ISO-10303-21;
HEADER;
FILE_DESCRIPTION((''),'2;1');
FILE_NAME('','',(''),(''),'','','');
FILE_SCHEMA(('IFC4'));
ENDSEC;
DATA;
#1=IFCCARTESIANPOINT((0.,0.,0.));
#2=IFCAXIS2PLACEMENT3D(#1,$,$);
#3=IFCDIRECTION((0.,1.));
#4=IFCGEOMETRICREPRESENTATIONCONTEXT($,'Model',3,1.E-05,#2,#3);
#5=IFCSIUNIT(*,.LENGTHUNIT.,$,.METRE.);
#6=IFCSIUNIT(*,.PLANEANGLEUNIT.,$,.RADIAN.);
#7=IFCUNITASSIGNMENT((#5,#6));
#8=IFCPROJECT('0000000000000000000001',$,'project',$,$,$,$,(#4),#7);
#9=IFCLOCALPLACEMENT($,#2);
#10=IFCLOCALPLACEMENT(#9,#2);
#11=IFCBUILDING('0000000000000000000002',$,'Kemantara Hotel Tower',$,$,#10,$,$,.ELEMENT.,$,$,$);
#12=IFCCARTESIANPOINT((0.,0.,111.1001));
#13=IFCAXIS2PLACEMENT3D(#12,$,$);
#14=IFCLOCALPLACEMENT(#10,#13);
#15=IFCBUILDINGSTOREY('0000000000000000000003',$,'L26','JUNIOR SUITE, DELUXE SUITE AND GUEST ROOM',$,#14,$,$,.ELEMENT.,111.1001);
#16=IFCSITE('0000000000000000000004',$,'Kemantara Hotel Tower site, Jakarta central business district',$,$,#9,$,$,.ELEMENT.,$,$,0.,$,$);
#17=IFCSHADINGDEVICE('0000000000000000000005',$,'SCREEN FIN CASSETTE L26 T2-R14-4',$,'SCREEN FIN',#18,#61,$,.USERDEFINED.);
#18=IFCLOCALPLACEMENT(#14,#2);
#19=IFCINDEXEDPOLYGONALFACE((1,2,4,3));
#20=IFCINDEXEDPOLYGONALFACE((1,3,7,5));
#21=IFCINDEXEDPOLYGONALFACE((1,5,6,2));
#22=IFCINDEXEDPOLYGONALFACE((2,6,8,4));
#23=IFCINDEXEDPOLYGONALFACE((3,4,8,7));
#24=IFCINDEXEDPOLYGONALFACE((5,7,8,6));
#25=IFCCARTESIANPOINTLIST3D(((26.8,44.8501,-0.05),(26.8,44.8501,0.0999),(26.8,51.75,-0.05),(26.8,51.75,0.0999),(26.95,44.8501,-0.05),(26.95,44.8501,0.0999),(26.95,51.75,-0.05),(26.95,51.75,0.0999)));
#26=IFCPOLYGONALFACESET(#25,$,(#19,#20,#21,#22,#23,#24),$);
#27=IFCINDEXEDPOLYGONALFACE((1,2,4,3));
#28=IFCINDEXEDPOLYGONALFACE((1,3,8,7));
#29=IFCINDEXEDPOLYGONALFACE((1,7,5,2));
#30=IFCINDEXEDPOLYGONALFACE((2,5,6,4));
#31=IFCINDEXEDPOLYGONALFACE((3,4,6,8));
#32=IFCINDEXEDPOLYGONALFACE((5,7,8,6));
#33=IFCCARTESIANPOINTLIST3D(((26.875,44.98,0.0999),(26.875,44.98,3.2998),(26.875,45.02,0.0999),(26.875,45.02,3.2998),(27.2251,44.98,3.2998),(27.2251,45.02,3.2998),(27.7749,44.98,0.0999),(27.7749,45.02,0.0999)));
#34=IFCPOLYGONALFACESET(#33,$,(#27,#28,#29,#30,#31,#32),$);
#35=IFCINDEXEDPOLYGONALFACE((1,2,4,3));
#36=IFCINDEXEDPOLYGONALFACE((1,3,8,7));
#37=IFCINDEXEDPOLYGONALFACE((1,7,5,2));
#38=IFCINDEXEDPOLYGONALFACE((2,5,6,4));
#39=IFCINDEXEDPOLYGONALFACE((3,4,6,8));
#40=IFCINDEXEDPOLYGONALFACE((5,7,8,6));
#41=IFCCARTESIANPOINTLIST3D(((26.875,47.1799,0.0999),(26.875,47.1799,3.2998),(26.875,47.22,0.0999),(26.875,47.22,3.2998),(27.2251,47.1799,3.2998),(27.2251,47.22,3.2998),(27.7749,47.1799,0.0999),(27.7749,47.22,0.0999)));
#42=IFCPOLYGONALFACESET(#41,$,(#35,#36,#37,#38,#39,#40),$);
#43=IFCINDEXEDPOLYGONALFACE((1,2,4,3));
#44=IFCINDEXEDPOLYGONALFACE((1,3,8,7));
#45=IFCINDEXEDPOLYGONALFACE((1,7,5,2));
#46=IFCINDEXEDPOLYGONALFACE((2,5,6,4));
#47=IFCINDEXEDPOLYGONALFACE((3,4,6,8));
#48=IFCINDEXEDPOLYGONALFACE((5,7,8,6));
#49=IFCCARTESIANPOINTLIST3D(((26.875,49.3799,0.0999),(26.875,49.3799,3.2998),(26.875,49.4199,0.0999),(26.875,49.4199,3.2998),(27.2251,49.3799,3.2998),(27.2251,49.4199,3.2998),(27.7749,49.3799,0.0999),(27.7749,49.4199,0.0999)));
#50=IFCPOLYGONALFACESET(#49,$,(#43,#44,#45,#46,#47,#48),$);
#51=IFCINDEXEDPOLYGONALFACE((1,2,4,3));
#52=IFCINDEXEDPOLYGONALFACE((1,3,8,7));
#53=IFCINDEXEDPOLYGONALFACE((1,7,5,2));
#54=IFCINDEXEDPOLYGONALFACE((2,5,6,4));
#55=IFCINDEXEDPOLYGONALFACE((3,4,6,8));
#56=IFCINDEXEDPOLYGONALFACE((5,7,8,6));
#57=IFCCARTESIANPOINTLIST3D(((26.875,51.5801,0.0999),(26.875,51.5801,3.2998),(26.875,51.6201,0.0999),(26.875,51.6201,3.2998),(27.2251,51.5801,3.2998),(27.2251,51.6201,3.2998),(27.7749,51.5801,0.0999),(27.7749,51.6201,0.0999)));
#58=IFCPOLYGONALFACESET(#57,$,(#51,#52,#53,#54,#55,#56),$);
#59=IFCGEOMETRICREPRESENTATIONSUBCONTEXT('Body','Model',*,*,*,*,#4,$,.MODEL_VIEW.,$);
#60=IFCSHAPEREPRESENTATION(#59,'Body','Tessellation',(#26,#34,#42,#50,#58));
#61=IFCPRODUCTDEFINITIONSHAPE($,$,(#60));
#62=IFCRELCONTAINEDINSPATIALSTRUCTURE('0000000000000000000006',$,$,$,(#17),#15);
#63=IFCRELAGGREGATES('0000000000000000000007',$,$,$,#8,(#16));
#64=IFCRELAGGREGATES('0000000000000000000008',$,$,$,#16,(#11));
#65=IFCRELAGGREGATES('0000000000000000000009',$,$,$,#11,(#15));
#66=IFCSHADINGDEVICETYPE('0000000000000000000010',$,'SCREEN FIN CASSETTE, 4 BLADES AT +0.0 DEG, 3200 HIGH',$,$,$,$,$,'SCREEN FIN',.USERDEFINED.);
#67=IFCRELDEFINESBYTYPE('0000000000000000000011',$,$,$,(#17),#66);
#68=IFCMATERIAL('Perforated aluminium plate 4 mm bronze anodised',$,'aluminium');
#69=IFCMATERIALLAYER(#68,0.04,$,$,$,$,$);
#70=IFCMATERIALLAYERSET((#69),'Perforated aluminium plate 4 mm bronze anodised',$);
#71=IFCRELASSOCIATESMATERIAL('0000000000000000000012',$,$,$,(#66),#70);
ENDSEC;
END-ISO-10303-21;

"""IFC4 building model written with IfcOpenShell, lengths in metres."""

from ifc_helpers import new_model, si_unit, direction, frame, origin, origin_2d, place, context, subcontext, project, spatial, polyline, rectangle, outline, extrude, source, transform, mapped, material, layer, layer_set, type_object, element, save


model = new_model("IFC4")

# Units and contexts
model_context = context("Model", 3, precision=1e-05, world=origin(), true_north=direction((0.0, 1.0)))
body_context = subcontext(model_context, "Body", "Model", "MODEL_VIEW")
ifc_project = project(units=[si_unit("LENGTHUNIT", "METRE"), si_unit("PLANEANGLEUNIT", "RADIAN")], contexts=[model_context])

# Site, building, storey
site_placement = place(None, origin())
site = spatial("IfcSite", under=ifc_project, at=site_placement, Name="Kemantara Hotel Tower site, Jakarta central business district", CompositionType="ELEMENT", RefElevation=0.0)
building_placement = place(site_placement, origin())
building = spatial("IfcBuilding", under=site, at=building_placement, Name="Kemantara Hotel Tower", CompositionType="ELEMENT")
storey_placement = place(building_placement, frame((0.0, 0.0, 111.1001)))
storey = spatial("IfcBuildingStorey", under=building, at=storey_placement, Name="L26", Description="JUNIOR SUITE, DELUXE SUITE AND GUEST ROOM", CompositionType="ELEMENT", Elevation=111.1001)

# Shading device
ifc_material_1 = material(Name="Perforated aluminium plate 4 mm bronze anodised", Category="aluminium")
ifc_layer_1 = layer(ifc_material_1, 0.04)
ifc_layer_set_1 = layer_set([ifc_layer_1], Name="Perforated aluminium plate 4 mm bronze anodised")
shading_device_type_1 = type_object("IfcShadingDeviceType", Name="SCREEN FIN CASSETTE, 4 BLADES AT +0.0 DEG, 3200 HIGH", ElementType="SCREEN FIN", PredefinedType="USERDEFINED", material=ifc_layer_set_1)
shared_shape_1 = source(origin(), body_context, "Body", "SweptSolid", [
    extrude(rectangle(XDim=6.8999, YDim=0.1499, at=origin_2d()), frame((3.3, -0.075, -0.1499), z_axis=(0.0, 0.0, 1.0), x_axis=(1.0, 0.0, 0.0)), (0.0, 0.0, 1.0), 0.1499),
    extrude(outline(polyline([(0.0, 0.0), (0.8999, 0.0), (0.3501, 3.2), (0.0, 3.2), (0.0, 0.0)])), frame((0.02, -0.075, 0.0), z_axis=(-1.0, 0.0, 0.0), x_axis=(0.0, -1.0, 0.0)), (0.0, 0.0, 1.0), 0.04),
    extrude(outline(polyline([(0.0, 0.0), (0.8999, 0.0), (0.3501, 3.2), (0.0, 3.2), (0.0, 0.0)])), frame((2.22, -0.075, 0.0), z_axis=(-1.0, 0.0, 0.0), x_axis=(0.0, -1.0, 0.0)), (0.0, 0.0, 1.0), 0.04),
    extrude(outline(polyline([(0.0, 0.0), (0.8999, 0.0), (0.3501, 3.2), (0.0, 3.2), (0.0, 0.0)])), frame((4.4199, -0.075, 0.0), z_axis=(-1.0, 0.0, 0.0), x_axis=(0.0, -1.0, 0.0)), (0.0, 0.0, 1.0), 0.04),
    extrude(outline(polyline([(0.0, 0.0), (0.8999, 0.0), (0.3501, 3.2), (0.0, 3.2), (0.0, 0.0)])), frame((6.6201, -0.075, 0.0), z_axis=(-1.0, 0.0, 0.0), x_axis=(0.0, -1.0, 0.0)), (0.0, 0.0, 1.0), 0.04),
])
shading_device_1_placement = place(storey_placement, frame((26.8, 45.0, 0.0999), z_axis=(0.0, 0.0, 1.0), x_axis=(0.0, 1.0, 0.0)))
element("IfcShadingDevice", 1, at=shading_device_1_placement, inside=storey, type_object=shading_device_type_1, Name="SCREEN FIN CASSETTE L26 T2-R14-4", ObjectType="SCREEN FIN", PredefinedType="USERDEFINED", context=body_context, shape_type="MappedRepresentation", body=[
    mapped(shared_shape_1, transform((0.0, 0.0, 0.0))),
])

save(model, "model.ifc")
